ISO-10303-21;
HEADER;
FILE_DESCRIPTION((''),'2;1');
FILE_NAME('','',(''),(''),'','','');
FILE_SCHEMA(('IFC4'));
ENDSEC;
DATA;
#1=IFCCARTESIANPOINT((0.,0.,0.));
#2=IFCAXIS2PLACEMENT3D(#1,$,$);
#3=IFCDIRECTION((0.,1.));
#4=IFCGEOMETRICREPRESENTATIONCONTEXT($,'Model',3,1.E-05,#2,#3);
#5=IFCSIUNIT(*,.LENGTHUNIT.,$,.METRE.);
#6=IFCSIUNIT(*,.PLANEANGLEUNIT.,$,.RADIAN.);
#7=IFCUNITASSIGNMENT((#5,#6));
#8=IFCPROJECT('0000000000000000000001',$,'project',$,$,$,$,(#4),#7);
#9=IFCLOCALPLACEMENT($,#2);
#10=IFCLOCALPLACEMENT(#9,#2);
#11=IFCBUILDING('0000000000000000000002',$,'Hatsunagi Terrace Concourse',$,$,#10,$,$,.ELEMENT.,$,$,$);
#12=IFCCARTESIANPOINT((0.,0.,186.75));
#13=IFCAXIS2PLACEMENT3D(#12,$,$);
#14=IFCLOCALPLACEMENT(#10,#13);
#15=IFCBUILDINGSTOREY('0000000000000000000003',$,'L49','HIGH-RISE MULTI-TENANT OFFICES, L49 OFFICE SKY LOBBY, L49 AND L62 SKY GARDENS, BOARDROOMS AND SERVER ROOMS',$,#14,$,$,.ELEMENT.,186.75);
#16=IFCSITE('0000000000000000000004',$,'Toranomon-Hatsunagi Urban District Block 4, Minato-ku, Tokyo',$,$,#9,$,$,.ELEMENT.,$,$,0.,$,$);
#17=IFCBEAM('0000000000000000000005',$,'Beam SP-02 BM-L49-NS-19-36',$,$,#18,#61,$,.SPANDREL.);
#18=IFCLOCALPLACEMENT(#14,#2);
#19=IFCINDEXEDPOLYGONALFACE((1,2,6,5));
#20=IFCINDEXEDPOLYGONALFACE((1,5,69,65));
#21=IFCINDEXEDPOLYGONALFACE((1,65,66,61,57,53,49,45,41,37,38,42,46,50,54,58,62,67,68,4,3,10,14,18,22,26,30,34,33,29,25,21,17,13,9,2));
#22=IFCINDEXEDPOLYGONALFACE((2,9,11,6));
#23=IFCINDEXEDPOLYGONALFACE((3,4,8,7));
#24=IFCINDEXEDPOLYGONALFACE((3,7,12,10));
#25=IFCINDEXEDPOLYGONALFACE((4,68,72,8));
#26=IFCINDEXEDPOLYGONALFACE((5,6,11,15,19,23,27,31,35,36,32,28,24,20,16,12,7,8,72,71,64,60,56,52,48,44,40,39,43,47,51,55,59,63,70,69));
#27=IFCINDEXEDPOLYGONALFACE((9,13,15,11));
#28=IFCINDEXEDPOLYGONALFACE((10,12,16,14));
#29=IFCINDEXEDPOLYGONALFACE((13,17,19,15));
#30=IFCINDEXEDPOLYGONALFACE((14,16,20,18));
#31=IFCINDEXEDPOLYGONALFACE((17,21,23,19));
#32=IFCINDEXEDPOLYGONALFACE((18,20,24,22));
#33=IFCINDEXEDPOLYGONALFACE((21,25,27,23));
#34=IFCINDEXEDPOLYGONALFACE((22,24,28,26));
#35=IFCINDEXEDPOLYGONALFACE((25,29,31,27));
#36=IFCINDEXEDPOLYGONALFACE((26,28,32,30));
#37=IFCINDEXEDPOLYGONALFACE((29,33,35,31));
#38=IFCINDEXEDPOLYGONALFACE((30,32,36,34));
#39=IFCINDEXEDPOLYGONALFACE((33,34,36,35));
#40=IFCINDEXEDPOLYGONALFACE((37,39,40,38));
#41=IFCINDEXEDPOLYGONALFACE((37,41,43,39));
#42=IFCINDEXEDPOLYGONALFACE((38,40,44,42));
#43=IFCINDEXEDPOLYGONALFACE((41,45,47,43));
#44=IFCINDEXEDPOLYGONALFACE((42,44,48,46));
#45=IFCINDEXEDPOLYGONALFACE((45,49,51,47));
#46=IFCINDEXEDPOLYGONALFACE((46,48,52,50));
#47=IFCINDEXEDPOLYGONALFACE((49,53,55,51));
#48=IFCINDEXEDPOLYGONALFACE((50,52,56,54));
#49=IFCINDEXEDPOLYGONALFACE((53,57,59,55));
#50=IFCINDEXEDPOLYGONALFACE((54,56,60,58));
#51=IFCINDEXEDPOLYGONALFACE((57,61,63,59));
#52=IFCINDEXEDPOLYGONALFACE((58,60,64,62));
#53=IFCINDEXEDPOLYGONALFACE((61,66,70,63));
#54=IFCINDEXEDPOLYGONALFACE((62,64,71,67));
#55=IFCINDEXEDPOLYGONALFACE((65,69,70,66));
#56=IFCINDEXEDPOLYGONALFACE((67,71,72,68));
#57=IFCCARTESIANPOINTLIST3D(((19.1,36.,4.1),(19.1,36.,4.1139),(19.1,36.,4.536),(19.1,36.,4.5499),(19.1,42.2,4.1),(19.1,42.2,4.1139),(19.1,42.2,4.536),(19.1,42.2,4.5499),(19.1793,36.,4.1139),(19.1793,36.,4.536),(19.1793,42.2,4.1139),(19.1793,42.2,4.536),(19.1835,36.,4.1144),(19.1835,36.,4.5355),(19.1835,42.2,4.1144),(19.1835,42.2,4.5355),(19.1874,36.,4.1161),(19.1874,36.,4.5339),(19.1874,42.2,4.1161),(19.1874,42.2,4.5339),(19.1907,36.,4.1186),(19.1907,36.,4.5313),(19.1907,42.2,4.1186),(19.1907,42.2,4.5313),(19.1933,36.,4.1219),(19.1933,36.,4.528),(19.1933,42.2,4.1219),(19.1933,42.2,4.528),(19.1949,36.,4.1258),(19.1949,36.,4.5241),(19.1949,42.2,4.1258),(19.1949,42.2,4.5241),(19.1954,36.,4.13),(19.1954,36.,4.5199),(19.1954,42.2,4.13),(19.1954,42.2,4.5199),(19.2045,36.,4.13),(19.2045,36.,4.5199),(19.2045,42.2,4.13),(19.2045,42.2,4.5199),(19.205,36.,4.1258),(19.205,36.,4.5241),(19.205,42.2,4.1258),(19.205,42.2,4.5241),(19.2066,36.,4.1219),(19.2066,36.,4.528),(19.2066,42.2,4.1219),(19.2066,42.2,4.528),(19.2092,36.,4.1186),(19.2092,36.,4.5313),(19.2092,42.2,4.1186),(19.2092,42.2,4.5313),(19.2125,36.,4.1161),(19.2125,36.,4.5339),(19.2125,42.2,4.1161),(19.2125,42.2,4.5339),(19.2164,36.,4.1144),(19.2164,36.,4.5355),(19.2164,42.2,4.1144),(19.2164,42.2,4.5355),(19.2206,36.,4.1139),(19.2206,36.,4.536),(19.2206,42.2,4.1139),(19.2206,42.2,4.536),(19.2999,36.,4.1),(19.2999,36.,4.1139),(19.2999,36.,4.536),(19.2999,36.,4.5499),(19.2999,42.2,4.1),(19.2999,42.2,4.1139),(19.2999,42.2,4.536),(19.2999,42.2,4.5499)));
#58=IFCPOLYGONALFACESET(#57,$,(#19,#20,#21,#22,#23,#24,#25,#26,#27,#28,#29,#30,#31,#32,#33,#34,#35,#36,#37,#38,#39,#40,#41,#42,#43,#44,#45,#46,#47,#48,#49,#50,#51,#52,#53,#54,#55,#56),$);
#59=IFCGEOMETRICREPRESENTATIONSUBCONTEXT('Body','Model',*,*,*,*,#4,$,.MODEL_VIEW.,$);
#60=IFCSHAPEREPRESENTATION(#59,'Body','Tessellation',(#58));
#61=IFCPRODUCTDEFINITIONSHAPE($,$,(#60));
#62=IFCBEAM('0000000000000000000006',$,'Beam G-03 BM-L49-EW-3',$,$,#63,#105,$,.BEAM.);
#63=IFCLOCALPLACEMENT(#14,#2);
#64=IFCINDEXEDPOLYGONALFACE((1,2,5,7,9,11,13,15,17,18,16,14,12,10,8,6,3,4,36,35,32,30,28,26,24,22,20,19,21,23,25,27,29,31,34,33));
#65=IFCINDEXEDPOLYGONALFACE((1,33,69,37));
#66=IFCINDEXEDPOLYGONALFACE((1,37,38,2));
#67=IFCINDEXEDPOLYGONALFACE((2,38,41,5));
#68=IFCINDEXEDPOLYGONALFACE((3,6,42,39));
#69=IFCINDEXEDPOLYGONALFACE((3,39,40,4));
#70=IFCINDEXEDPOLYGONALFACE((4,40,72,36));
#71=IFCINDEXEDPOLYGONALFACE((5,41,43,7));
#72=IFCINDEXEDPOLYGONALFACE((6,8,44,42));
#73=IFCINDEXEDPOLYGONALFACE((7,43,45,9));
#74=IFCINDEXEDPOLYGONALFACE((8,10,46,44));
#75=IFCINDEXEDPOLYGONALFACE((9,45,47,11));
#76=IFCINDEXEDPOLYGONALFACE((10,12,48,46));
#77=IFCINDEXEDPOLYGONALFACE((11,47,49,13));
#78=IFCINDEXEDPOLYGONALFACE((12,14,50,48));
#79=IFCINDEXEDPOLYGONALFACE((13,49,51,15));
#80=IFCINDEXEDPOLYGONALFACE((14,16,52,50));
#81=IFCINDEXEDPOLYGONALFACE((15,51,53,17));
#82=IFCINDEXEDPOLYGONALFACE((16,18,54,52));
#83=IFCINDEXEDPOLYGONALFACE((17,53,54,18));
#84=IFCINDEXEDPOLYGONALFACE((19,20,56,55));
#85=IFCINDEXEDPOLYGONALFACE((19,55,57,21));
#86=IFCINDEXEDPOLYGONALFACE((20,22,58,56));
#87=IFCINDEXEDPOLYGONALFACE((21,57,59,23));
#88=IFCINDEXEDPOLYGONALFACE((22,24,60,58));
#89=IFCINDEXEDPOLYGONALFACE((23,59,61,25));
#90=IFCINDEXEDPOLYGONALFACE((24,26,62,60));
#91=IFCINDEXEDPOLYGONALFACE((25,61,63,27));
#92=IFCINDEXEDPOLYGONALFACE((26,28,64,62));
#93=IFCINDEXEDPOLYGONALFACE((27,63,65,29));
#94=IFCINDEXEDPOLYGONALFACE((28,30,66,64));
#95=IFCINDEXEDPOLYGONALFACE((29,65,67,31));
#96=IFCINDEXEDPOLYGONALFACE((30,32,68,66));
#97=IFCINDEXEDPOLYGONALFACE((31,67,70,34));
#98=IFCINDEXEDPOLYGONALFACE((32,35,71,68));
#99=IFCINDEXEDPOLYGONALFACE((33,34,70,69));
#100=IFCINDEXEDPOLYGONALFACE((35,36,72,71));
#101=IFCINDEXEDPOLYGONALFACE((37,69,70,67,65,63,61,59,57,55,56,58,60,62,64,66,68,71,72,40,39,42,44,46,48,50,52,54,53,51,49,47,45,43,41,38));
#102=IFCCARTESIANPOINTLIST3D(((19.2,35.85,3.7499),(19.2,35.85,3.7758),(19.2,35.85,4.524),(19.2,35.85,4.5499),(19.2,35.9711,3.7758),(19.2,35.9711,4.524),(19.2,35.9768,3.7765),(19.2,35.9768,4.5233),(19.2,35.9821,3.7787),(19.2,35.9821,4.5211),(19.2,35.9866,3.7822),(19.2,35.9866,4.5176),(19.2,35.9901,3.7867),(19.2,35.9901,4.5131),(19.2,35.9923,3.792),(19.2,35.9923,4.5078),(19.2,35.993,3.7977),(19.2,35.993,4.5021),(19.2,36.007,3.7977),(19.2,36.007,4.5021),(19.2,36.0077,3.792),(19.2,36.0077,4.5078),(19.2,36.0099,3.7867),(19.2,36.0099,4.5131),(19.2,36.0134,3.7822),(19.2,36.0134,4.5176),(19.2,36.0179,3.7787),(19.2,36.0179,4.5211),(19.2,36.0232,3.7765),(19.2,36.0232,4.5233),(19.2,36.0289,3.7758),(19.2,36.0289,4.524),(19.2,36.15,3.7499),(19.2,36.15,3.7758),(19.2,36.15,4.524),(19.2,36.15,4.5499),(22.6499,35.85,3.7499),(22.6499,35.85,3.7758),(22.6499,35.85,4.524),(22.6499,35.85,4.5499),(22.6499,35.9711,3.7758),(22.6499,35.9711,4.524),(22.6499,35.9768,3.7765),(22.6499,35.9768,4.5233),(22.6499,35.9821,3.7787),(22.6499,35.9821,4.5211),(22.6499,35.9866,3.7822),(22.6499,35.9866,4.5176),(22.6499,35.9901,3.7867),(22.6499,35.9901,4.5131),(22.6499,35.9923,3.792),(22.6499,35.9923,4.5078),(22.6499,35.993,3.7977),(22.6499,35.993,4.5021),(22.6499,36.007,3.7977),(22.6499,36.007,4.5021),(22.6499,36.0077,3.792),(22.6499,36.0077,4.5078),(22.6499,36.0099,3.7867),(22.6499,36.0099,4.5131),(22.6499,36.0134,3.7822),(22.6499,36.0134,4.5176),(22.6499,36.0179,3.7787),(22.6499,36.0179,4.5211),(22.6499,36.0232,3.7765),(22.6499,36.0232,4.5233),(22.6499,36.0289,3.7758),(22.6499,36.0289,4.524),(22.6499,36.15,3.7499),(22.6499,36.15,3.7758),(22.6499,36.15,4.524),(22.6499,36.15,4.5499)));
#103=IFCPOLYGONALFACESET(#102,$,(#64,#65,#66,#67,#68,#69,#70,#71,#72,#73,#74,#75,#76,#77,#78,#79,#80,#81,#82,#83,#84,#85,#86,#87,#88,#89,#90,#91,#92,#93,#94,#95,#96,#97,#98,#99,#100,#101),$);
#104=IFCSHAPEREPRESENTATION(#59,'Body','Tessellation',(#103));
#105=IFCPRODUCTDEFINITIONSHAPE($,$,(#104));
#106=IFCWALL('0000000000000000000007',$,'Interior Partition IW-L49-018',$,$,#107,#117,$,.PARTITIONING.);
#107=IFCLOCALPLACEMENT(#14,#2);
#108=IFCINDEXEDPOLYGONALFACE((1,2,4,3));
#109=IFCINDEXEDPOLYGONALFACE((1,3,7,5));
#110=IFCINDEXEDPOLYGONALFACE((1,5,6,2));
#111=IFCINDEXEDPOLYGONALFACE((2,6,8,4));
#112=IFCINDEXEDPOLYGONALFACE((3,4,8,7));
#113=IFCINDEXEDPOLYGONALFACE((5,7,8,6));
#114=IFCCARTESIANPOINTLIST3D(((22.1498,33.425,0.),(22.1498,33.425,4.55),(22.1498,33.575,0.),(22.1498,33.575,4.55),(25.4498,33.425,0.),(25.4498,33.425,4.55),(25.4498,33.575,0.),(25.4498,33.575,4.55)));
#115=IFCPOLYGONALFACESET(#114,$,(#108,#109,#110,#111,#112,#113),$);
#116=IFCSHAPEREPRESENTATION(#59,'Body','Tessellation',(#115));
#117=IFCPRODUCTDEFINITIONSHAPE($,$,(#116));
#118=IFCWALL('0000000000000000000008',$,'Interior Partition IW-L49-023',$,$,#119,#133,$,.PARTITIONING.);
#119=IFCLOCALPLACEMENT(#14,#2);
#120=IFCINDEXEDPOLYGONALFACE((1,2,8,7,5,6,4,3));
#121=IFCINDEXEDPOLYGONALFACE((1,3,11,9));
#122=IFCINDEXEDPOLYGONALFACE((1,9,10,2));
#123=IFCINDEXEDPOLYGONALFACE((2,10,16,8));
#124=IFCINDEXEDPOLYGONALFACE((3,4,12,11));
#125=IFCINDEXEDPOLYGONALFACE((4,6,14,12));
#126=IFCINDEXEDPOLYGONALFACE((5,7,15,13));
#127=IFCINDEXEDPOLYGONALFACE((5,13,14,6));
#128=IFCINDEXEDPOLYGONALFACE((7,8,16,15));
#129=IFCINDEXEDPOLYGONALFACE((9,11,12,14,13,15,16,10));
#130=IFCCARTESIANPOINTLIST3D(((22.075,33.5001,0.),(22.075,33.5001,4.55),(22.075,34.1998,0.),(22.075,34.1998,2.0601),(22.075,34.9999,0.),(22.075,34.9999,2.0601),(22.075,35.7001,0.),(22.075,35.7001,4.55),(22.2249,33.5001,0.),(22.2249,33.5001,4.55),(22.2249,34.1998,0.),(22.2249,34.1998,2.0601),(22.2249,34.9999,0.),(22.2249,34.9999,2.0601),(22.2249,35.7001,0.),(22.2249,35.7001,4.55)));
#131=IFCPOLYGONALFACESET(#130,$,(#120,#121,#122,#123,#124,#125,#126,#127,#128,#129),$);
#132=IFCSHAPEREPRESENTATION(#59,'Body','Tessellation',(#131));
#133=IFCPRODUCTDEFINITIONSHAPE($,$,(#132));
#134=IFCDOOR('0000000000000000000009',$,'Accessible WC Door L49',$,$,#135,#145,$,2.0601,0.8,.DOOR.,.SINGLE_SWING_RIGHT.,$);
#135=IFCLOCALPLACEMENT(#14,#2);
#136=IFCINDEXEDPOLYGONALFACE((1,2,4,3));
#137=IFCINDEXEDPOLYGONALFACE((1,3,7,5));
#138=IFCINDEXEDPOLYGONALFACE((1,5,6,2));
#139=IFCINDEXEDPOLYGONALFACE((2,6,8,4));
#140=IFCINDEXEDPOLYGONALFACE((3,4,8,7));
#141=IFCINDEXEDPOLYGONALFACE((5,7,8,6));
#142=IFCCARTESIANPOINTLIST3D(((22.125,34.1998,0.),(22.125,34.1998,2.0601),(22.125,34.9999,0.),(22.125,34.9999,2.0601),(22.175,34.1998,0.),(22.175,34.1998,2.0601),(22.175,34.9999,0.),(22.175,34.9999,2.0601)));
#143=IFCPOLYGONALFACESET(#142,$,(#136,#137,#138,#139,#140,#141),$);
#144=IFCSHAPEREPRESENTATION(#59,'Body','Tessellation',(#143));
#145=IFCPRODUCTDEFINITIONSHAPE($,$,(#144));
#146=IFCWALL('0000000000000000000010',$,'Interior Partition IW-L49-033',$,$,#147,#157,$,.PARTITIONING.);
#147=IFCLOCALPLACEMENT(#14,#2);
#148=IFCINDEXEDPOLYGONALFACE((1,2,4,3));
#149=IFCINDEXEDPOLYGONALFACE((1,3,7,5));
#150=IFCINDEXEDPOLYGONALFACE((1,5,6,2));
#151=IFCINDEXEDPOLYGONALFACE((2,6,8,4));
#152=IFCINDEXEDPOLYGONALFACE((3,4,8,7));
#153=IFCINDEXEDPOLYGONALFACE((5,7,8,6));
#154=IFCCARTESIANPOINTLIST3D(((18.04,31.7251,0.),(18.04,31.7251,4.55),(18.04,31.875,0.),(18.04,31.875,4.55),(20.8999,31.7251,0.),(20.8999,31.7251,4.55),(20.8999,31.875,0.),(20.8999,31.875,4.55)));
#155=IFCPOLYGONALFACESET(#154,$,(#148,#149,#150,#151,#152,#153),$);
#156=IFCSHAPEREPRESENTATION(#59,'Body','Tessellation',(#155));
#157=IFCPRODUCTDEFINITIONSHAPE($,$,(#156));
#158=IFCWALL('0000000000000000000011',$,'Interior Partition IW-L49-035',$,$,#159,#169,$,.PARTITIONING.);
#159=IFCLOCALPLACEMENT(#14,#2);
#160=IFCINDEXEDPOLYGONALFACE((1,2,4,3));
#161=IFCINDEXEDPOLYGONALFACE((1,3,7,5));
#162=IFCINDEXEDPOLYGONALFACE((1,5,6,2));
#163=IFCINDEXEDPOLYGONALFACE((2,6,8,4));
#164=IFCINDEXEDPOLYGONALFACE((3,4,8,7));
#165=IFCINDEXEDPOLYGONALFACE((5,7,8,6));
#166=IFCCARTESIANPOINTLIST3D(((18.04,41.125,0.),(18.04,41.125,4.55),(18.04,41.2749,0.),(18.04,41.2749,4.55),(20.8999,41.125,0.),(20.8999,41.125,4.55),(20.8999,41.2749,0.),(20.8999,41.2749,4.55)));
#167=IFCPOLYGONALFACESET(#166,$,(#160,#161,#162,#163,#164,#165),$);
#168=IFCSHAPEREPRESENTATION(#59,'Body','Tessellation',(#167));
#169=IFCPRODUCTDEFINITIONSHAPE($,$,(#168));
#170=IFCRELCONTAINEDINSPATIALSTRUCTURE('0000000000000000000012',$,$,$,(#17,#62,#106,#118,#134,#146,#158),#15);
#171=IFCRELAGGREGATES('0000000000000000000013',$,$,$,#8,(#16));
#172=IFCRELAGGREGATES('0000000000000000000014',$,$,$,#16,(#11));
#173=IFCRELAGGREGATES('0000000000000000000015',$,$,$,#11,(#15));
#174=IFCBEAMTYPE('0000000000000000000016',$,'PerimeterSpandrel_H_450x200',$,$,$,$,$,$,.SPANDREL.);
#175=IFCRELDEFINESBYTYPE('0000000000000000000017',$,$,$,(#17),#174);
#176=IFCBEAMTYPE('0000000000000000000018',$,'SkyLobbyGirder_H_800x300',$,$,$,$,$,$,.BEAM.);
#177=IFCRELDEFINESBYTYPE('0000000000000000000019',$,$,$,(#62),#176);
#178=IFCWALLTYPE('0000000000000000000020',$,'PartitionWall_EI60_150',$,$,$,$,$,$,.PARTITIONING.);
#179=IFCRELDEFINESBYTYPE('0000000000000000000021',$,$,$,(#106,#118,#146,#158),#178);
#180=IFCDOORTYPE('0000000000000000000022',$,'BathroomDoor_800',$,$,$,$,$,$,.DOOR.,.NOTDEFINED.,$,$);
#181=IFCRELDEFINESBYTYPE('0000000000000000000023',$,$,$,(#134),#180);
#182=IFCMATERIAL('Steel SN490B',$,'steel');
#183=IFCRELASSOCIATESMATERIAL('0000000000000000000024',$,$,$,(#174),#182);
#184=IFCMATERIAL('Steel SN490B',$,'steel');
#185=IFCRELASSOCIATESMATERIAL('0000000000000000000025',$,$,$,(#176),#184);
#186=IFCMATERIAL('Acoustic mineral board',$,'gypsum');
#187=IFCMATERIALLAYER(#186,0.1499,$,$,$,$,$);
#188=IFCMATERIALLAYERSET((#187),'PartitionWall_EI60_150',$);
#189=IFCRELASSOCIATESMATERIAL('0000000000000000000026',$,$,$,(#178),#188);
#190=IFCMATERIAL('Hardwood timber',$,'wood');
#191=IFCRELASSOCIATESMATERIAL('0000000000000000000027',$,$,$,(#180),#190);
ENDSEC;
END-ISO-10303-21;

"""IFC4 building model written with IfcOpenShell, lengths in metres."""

from ifc_helpers import new_model, si_unit, direction, frame, frame_2d, origin, origin_2d, place, context, subcontext, project, spatial, rectangle, i_section, extrude, material, layer, layer_set, material_profile, profile_set, type_object, element, fill, save


model = new_model("IFC4")

# Units and contexts
model_context = context("Model", 3, precision=1e-05, world=origin(), true_north=direction((0.0, 1.0)))
body_context = subcontext(model_context, "Body", "Model", "MODEL_VIEW")
ifc_project = project(units=[si_unit("LENGTHUNIT", "METRE"), si_unit("PLANEANGLEUNIT", "RADIAN")], contexts=[model_context])

# Site, building, storey
site_placement = place(None, origin())
site = spatial("IfcSite", under=ifc_project, at=site_placement, Name="Toranomon-Hatsunagi Urban District Block 4, Minato-ku, Tokyo", CompositionType="ELEMENT", RefElevation=0.0)
building_placement = place(site_placement, origin())
building = spatial("IfcBuilding", under=site, at=building_placement, Name="Hatsunagi Terrace Concourse", CompositionType="ELEMENT")
storey_placement = place(building_placement, frame((0.0, 0.0, 186.75)))
storey = spatial("IfcBuildingStorey", under=building, at=storey_placement, Name="L49", Description="HIGH-RISE MULTI-TENANT OFFICES, L49 OFFICE SKY LOBBY, L49 AND L62 SKY GARDENS, BOARDROOMS AND SERVER ROOMS", CompositionType="ELEMENT", Elevation=186.75)

# Beams
ifc_material_1 = material(Name="Steel SN490B", Category="steel")
ifc_material_profile_1 = material_profile(ifc_material_1, i_section(OverallWidth=0.2, OverallDepth=0.45, WebThickness=0.009, FlangeThickness=0.0139, FilletRadius=0.0161, at=origin_2d()), Name="H-450x200x9x14")
ifc_profile_set_1 = profile_set([ifc_material_profile_1], Name="Steel SN490B")
beam_type_1 = type_object("IfcBeamType", Name="PerimeterSpandrel_H_450x200", PredefinedType="SPANDREL", material=ifc_profile_set_1)
beam_1_placement = place(storey_placement, frame((19.2, 36.0, 4.325), z_axis=(0.0, 1.0, 0.0), x_axis=(-1.0, 0.0, 0.0)))
element("IfcBeam", 1, at=beam_1_placement, inside=storey, type_object=beam_type_1, Name="Beam SP-02 BM-L49-NS-19-36", PredefinedType="SPANDREL", context=body_context, shape_type="SweptSolid", body=[
    extrude(i_section(OverallWidth=0.2, OverallDepth=0.45, WebThickness=0.009, FlangeThickness=0.0139, FilletRadius=0.0161, at=origin_2d()), origin(), (0.0, 0.0, 1.0), 6.2),
])
ifc_material_2 = material(Name="Steel SN490B", Category="steel")
ifc_material_profile_2 = material_profile(ifc_material_2, i_section(OverallWidth=0.3, OverallDepth=0.8, WebThickness=0.0139, FlangeThickness=0.0259, FilletRadius=0.022, at=origin_2d()), Name="H-800x300x14x26")
ifc_profile_set_2 = profile_set([ifc_material_profile_2], Name="Steel SN490B")
beam_type_2 = type_object("IfcBeamType", Name="SkyLobbyGirder_H_800x300", PredefinedType="BEAM", material=ifc_profile_set_2)
beam_2_placement = place(storey_placement, frame((19.2, 36.0, 4.1499), z_axis=(1.0, 0.0, 0.0), x_axis=(0.0, 1.0, 0.0)))
element("IfcBeam", 2, at=beam_2_placement, inside=storey, type_object=beam_type_2, Name="Beam G-03 BM-L49-EW-3", PredefinedType="BEAM", context=body_context, shape_type="SweptSolid", body=[
    extrude(i_section(OverallWidth=0.3, OverallDepth=0.8, WebThickness=0.0139, FlangeThickness=0.0259, FilletRadius=0.022, at=origin_2d()), origin(), (0.0, 0.0, 1.0), 3.45),
])

# Wall
ifc_material_3 = material(Name="Acoustic mineral board", Category="gypsum")
ifc_layer_1 = layer(ifc_material_3, 0.1499)
ifc_layer_set_1 = layer_set([ifc_layer_1], Name="PartitionWall_EI60_150")
wall_type = type_object("IfcWallType", Name="PartitionWall_EI60_150", PredefinedType="PARTITIONING", material=ifc_layer_set_1)
wall_1_placement = place(storey_placement, frame((22.1499, 33.5, 0.0), z_axis=(0.0, 0.0, 1.0), x_axis=(1.0, 0.0, 0.0)))
element("IfcWall", 3, at=wall_1_placement, inside=storey, type_object=wall_type, Name="Interior Partition IW-L49-018", PredefinedType="PARTITIONING", context=body_context, shape_type="SweptSolid", body=[
    extrude(rectangle(XDim=3.3, YDim=0.1499, at=frame_2d((1.6499, 0.0))), origin(), (0.0, 0.0, 1.0), 4.55),
])

# Wall, opening, door
wall_2_placement = place(storey_placement, frame((22.1499, 33.5, 0.0), z_axis=(0.0, 0.0, 1.0), x_axis=(0.0, 1.0, 0.0)))
wall_2 = element("IfcWall", 4, at=wall_2_placement, inside=storey, type_object=wall_type, Name="Interior Partition IW-L49-023", PredefinedType="PARTITIONING", context=body_context, shape_type="SweptSolid", body=[
    extrude(rectangle(XDim=2.2, YDim=0.1499, at=frame_2d((1.1001, 0.0))), origin(), (0.0, 0.0, 1.0), 4.55),
])
opening_1_placement = place(wall_2_placement, frame((0.7, 0.0, 0.0)))
opening_1 = element("IfcOpeningElement", 5, at=opening_1_placement, cuts=wall_2, PredefinedType="OPENING", context=body_context, shape_type="SweptSolid", body=[
    extrude(rectangle(XDim=0.8, YDim=2.0601, at=frame_2d((0.3999, 1.03))), frame((0.0, 0.085, 0.0), z_axis=(0.0, -1.0, 0.0), x_axis=(1.0, 0.0, 0.0)), (0.0, 0.0, 1.0), 0.1699),
])
ifc_material_4 = material(Name="Hardwood timber", Category="wood")
door_type_1 = type_object("IfcDoorType", Name="BathroomDoor_800", OperationType="NOTDEFINED", PredefinedType="DOOR", material=ifc_material_4)
door_1_placement = place(opening_1_placement, origin())
door_1 = element("IfcDoor", 6, at=door_1_placement, inside=storey, type_object=door_type_1, Name="Accessible WC Door L49", OperationType="SINGLE_SWING_RIGHT", OverallHeight=2.0601, OverallWidth=0.8, PredefinedType="DOOR", context=body_context, shape_type="SweptSolid", body=[
    extrude(rectangle(XDim=0.8, YDim=2.0601, at=frame_2d((0.3999, 1.03))), frame((0.0, 0.0249, 0.0), z_axis=(0.0, -1.0, 0.0), x_axis=(1.0, 0.0, 0.0)), (0.0, 0.0, 1.0), 0.05),
])
fill(opening_1, door_1)

# Walls
for number, where, z_axis, x_axis, name in (
    (7, (18.04, 31.8, 0.0), (0.0, 0.0, 1.0), (1.0, 0.0, 0.0), "Interior Partition IW-L49-033"),
    (8, (18.04, 41.2, 0.0), (0.0, 0.0, 1.0), (1.0, 0.0, 0.0), "Interior Partition IW-L49-035"),
):
    element("IfcWall", number, at=place(storey_placement, frame(where, z_axis=z_axis, x_axis=x_axis)), inside=storey, type_object=wall_type, Name=name, PredefinedType="PARTITIONING", context=body_context, shape_type="SweptSolid", body=[
        extrude(rectangle(XDim=2.8599, YDim=0.1499, at=frame_2d((1.4299, 0.0))), origin(), (0.0, 0.0, 1.0), 4.55),
    ])

save(model, "model.ifc")
